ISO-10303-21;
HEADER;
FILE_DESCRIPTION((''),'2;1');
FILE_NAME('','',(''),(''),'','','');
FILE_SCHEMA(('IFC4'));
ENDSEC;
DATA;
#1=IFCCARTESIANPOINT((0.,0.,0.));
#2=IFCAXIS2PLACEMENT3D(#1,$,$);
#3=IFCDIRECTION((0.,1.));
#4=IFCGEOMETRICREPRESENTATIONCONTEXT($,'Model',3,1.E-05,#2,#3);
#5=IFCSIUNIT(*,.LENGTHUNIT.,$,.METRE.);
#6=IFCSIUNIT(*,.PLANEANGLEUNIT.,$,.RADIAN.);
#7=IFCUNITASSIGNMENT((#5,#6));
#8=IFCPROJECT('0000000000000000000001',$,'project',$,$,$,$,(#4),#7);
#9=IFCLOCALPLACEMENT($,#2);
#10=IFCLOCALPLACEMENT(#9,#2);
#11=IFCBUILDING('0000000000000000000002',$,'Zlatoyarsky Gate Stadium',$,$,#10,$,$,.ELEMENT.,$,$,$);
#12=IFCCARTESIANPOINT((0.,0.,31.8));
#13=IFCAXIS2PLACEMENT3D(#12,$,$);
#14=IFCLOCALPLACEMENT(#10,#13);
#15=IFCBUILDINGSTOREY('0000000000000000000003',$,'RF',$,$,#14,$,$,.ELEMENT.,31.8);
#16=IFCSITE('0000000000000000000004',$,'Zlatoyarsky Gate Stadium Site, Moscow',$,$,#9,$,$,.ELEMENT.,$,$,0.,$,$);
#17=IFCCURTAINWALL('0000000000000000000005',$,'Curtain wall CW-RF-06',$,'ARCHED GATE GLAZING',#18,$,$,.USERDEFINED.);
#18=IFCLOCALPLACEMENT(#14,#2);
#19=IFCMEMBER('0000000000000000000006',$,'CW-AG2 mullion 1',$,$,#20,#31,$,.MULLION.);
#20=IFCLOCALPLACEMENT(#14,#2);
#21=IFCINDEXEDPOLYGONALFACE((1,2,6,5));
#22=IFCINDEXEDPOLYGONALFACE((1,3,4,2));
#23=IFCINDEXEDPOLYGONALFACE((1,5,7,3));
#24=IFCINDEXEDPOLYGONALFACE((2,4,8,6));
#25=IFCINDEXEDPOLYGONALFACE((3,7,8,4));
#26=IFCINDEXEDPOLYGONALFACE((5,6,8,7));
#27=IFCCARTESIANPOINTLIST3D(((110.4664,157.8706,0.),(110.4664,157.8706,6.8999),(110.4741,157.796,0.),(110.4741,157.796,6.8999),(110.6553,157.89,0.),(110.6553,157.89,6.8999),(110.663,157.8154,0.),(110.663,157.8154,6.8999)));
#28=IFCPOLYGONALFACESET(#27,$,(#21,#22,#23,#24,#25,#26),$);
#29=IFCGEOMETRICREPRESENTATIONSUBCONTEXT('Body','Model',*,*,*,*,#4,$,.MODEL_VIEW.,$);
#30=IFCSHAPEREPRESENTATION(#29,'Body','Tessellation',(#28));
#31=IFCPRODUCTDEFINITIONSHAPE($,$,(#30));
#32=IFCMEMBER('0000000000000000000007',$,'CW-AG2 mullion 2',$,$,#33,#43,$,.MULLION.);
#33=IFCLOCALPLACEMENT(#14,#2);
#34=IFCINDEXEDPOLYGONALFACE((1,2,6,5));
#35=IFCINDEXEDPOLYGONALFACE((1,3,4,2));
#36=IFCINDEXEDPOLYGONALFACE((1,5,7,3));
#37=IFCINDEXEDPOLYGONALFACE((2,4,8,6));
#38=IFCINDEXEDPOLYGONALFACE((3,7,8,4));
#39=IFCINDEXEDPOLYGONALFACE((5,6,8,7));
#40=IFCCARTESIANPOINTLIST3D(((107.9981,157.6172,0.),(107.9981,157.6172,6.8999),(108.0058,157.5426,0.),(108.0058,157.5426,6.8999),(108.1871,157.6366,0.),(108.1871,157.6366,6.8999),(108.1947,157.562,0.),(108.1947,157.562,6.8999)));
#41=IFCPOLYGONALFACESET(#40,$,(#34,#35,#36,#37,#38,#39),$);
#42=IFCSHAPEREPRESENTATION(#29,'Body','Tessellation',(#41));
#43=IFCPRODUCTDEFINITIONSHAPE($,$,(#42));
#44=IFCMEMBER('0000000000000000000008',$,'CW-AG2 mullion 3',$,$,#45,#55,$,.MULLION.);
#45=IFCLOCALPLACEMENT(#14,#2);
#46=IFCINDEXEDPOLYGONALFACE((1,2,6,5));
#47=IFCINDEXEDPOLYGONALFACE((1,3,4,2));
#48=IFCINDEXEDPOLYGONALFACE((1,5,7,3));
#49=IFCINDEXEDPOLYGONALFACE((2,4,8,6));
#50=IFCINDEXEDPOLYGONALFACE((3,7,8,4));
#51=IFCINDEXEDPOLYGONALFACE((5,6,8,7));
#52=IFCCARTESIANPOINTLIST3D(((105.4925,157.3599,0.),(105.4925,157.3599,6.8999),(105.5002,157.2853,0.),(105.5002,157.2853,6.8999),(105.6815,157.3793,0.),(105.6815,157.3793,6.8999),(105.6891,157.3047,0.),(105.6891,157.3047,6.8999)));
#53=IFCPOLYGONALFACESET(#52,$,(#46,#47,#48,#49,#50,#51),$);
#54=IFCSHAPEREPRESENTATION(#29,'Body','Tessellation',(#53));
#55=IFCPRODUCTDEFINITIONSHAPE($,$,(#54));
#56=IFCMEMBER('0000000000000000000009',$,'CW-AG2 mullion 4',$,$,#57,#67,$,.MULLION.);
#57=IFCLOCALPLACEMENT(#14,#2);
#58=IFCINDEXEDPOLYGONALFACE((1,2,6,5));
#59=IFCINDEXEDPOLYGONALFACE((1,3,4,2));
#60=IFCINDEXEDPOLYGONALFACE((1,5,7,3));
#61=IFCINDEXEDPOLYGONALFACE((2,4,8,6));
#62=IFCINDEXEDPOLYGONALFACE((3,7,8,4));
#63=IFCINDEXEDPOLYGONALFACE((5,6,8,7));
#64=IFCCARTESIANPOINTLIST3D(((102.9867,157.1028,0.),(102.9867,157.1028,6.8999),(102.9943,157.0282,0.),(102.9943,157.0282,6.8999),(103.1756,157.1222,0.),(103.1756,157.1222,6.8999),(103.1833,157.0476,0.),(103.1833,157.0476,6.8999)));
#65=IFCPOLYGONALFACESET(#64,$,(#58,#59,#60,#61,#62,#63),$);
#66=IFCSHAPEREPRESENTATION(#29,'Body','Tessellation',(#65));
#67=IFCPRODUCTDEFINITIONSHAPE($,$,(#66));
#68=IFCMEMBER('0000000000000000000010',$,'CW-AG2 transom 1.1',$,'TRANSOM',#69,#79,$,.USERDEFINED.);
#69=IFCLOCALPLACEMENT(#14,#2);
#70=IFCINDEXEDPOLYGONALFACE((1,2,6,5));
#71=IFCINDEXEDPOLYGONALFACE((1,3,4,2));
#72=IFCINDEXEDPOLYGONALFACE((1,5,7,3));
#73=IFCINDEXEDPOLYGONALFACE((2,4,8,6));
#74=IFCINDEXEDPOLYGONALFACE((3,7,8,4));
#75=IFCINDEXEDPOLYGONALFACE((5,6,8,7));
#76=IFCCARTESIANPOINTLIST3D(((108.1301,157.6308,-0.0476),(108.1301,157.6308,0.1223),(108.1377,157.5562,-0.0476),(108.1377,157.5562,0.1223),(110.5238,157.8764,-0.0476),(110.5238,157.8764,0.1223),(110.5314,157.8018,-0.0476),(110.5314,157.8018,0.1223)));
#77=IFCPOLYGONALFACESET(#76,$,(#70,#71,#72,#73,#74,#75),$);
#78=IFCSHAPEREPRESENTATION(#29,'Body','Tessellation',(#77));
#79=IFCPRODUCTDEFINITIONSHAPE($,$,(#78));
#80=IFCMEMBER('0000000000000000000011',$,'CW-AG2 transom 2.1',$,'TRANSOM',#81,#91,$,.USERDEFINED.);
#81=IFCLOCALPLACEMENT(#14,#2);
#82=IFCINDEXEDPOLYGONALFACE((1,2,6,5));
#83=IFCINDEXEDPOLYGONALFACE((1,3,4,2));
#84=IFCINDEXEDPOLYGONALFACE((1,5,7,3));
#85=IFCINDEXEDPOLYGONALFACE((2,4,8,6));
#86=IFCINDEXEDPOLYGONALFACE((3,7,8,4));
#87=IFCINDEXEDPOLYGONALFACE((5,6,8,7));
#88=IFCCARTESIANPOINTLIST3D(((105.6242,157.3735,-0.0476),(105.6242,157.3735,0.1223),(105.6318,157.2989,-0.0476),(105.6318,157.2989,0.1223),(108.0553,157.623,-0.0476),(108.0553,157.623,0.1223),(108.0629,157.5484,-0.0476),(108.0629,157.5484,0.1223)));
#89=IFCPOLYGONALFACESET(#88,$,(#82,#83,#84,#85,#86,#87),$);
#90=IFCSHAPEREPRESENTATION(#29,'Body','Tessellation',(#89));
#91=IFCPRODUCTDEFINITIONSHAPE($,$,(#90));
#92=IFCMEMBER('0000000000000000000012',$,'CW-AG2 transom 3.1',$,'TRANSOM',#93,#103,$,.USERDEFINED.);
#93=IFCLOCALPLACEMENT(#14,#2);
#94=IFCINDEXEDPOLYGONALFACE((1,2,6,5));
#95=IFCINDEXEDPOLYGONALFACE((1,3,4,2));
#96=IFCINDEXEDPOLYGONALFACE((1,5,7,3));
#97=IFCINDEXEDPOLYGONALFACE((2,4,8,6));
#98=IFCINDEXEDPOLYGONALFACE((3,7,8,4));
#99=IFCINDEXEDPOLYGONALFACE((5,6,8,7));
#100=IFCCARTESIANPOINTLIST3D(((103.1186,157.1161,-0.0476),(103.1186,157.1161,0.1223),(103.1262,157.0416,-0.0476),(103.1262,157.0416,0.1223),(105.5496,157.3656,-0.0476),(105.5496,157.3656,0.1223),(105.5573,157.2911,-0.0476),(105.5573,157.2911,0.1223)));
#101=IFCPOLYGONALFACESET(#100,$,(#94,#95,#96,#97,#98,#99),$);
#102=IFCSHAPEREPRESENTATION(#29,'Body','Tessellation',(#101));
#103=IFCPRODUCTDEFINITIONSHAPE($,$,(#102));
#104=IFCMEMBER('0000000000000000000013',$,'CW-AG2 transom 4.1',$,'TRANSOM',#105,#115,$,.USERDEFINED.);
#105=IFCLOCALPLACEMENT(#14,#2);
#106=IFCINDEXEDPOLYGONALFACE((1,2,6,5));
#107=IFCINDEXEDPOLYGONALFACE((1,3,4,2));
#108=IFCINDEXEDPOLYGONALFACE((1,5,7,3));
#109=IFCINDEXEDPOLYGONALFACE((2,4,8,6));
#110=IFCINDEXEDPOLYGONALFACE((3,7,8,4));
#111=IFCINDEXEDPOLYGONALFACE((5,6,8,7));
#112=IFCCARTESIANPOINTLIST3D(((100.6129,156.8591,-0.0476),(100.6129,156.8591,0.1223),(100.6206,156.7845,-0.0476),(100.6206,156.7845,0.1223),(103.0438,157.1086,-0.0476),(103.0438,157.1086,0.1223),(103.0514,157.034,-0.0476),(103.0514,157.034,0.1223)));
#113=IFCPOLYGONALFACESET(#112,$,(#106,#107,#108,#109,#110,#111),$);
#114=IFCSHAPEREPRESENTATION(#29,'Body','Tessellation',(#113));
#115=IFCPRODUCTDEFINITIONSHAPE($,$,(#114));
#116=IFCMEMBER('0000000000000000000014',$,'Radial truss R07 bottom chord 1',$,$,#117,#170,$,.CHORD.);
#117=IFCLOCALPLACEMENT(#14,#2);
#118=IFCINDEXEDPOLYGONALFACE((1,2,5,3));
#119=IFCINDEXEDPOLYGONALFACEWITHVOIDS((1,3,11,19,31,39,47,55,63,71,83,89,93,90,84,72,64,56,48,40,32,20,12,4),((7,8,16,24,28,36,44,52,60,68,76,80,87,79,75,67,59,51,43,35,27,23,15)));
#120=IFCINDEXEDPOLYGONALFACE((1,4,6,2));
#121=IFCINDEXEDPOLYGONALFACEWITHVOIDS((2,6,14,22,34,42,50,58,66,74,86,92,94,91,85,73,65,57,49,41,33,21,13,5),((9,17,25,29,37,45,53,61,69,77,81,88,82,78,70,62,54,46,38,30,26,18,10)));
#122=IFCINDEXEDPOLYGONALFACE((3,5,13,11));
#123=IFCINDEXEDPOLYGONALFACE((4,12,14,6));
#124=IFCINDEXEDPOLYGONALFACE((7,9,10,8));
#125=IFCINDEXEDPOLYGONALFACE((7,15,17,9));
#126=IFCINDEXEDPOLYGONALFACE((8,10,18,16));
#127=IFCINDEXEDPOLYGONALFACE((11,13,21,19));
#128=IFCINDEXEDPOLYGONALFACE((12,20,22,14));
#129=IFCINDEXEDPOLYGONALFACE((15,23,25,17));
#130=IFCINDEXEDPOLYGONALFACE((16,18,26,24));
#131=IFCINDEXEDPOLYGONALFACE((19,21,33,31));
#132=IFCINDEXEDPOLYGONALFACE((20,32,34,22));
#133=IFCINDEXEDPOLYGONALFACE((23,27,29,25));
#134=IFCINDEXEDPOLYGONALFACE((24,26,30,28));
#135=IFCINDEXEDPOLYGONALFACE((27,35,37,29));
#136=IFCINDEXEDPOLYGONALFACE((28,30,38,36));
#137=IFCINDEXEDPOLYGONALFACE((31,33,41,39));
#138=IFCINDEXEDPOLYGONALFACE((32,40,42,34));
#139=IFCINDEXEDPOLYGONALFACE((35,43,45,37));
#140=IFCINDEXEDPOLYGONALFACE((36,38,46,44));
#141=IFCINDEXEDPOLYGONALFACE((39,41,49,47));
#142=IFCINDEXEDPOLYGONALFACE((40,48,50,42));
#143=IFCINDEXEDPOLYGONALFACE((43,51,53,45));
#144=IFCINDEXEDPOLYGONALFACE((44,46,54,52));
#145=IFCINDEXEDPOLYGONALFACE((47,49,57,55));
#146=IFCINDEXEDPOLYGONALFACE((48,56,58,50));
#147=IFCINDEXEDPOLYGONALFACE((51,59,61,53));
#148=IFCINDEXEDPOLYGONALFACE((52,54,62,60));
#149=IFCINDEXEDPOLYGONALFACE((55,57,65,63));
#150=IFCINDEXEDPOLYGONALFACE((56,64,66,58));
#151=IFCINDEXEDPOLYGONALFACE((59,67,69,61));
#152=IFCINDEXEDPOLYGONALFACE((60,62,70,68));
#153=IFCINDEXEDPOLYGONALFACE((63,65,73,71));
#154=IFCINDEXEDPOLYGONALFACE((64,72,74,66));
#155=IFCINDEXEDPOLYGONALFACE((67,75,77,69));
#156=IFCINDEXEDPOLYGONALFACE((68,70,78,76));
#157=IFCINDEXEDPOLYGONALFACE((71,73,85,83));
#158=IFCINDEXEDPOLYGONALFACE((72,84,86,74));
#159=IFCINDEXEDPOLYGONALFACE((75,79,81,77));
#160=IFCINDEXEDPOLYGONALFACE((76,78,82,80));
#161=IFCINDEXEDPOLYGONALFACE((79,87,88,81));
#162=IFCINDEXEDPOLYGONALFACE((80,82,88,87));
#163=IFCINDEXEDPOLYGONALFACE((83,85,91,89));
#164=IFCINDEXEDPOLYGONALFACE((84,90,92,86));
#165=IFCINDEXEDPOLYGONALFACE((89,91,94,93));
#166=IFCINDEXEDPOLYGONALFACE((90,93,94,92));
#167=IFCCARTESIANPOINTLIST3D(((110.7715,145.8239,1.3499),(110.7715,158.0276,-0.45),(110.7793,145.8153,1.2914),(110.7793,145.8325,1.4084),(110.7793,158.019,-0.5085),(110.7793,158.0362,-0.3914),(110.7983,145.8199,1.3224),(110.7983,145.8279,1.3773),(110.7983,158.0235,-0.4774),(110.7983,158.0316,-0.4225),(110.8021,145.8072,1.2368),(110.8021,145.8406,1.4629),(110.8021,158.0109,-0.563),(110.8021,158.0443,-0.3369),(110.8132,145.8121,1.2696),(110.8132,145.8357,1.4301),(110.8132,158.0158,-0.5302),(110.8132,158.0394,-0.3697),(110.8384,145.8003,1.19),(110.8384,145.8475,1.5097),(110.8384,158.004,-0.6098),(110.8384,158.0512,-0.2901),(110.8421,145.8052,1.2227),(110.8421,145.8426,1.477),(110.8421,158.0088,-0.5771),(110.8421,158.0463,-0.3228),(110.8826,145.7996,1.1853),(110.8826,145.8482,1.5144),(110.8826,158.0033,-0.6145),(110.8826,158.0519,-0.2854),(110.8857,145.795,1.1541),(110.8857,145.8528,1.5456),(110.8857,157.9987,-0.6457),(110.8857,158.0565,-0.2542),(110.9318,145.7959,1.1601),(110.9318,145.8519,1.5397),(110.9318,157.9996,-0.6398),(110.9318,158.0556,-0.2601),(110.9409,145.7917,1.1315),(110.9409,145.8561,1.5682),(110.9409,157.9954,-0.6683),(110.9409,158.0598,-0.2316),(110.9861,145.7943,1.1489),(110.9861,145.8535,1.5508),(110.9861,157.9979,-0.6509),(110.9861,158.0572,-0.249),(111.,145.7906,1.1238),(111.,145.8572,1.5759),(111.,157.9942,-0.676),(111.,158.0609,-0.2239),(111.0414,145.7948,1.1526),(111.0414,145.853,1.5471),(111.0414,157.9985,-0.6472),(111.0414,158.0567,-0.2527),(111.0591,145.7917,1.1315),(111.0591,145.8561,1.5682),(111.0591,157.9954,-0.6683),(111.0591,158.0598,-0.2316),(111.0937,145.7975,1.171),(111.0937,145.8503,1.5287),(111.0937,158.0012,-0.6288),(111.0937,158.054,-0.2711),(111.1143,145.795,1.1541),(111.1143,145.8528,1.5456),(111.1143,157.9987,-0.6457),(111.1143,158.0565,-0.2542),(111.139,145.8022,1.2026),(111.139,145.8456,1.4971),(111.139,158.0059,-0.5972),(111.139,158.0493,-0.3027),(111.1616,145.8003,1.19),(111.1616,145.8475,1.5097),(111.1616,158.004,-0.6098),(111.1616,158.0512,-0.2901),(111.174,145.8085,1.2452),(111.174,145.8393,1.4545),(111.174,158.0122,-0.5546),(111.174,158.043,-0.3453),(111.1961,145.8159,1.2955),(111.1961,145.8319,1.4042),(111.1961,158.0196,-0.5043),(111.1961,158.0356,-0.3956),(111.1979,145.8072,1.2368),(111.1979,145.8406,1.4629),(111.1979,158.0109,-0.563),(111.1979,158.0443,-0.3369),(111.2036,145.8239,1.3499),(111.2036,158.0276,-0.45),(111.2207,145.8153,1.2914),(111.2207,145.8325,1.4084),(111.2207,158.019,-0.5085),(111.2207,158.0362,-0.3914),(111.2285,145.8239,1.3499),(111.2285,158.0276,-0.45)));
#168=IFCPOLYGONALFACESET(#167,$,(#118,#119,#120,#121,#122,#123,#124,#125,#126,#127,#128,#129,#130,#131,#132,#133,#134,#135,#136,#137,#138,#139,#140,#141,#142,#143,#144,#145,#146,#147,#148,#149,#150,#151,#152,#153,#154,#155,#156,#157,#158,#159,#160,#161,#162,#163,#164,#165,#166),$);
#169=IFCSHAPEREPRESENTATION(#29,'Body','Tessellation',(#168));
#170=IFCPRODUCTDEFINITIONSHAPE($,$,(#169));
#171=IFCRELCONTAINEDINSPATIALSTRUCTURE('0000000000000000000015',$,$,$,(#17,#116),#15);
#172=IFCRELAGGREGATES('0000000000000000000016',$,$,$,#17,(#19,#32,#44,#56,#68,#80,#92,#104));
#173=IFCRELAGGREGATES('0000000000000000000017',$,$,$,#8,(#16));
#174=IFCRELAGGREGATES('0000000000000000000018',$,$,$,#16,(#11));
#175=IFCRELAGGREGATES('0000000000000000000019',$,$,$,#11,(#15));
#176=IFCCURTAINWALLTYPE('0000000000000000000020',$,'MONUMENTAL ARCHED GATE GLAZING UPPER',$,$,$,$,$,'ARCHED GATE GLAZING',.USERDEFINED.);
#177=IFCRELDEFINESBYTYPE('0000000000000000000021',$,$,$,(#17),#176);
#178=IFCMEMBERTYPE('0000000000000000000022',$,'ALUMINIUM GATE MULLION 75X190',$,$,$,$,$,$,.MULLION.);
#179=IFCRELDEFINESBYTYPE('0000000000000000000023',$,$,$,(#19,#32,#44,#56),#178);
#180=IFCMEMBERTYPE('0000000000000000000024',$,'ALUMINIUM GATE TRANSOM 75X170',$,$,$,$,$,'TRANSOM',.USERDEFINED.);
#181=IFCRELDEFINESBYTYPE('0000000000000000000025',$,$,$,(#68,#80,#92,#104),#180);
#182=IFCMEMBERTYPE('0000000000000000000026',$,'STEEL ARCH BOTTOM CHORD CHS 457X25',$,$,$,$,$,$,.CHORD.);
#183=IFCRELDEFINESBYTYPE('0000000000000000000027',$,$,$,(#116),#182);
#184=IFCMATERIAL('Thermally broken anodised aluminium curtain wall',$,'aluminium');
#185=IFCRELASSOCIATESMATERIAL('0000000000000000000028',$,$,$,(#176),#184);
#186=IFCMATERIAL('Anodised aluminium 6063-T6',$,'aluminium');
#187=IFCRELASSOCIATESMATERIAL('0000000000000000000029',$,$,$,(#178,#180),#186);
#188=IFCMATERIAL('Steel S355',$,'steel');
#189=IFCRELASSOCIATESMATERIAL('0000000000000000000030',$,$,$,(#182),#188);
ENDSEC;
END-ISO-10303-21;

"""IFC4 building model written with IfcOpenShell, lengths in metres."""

from ifc_helpers import new_model, si_unit, direction, frame, origin, origin_2d, place, context, subcontext, project, spatial, rectangle, hollow_circle, extrude, material, material_profile, profile_set, type_object, element, aggregate, save


model = new_model("IFC4")

# Units and contexts
model_context = context("Model", 3, precision=1e-05, world=origin(), true_north=direction((0.0, 1.0)))
body_context = subcontext(model_context, "Body", "Model", "MODEL_VIEW")
ifc_project = project(units=[si_unit("LENGTHUNIT", "METRE"), si_unit("PLANEANGLEUNIT", "RADIAN")], contexts=[model_context])

# Site, building, storey
site_placement = place(None, origin())
site = spatial("IfcSite", under=ifc_project, at=site_placement, Name="Zlatoyarsky Gate Stadium Site, Moscow", CompositionType="ELEMENT", RefElevation=0.0)
building_placement = place(site_placement, origin())
building = spatial("IfcBuilding", under=site, at=building_placement, Name="Zlatoyarsky Gate Stadium", CompositionType="ELEMENT")
storey_placement = place(building_placement, frame((0.0, 0.0, 31.8)))
storey = spatial("IfcBuildingStorey", under=building, at=storey_placement, Name="RF", CompositionType="ELEMENT", Elevation=31.8)

# Curtain wall, members
ifc_material_1 = material(Name="Thermally broken anodised aluminium curtain wall", Category="aluminium")
curtain_wall_type = type_object("IfcCurtainWallType", Name="MONUMENTAL ARCHED GATE GLAZING UPPER", ElementType="ARCHED GATE GLAZING", PredefinedType="USERDEFINED", material=ifc_material_1)
curtain_wall_placement = place(storey_placement, origin())
curtain_wall = element("IfcCurtainWall", 1, at=curtain_wall_placement, inside=storey, type_object=curtain_wall_type, Name="Curtain wall CW-RF-06", ObjectType="ARCHED GATE GLAZING", PredefinedType="USERDEFINED")
ifc_material_2 = material(Name="Anodised aluminium 6063-T6", Category="aluminium")
ifc_material_profile_1 = material_profile(ifc_material_2, rectangle(XDim=0.075, YDim=0.1899, at=origin_2d()), Name="ALU 75X190")
ifc_profile_set_1 = profile_set([ifc_material_profile_1], Name="Anodised aluminium 6063-T6")
member_type_1 = type_object("IfcMemberType", Name="ALUMINIUM GATE MULLION 75X190", PredefinedType="MULLION", material=ifc_profile_set_1)
member_1_placement = place(storey_placement, frame((110.5647, 157.843, 0.0), z_axis=(0.0, 0.0, 1.0), x_axis=(0.102125, -0.994772, 0.0)))
member_1 = element("IfcMember", 2, at=member_1_placement, type_object=member_type_1, Name="CW-AG2 mullion 1", PredefinedType="MULLION", context=body_context, shape_type="SweptSolid", body=[
    extrude(rectangle(XDim=0.075, YDim=0.1899, at=origin_2d()), origin(), (0.0, 0.0, 1.0), 6.8999),
])
member_2_placement = place(storey_placement, frame((108.0964, 157.5896, 0.0), z_axis=(0.0, 0.0, 1.0), x_axis=(0.102125, -0.994772, 0.0)))
member_2 = element("IfcMember", 3, at=member_2_placement, type_object=member_type_1, Name="CW-AG2 mullion 2", PredefinedType="MULLION", context=body_context, shape_type="SweptSolid", body=[
    extrude(rectangle(XDim=0.075, YDim=0.1899, at=origin_2d()), origin(), (0.0, 0.0, 1.0), 6.8999),
])
member_3_placement = place(storey_placement, frame((105.5908, 157.3323, 0.0), z_axis=(0.0, 0.0, 1.0), x_axis=(0.102125, -0.994772, 0.0)))
member_3 = element("IfcMember", 4, at=member_3_placement, type_object=member_type_1, Name="CW-AG2 mullion 3", PredefinedType="MULLION", context=body_context, shape_type="SweptSolid", body=[
    extrude(rectangle(XDim=0.075, YDim=0.1899, at=origin_2d()), origin(), (0.0, 0.0, 1.0), 6.8999),
])
member_4_placement = place(storey_placement, frame((103.085, 157.0752, 0.0), z_axis=(0.0, 0.0, 1.0), x_axis=(0.102125, -0.994772, 0.0)))
member_4 = element("IfcMember", 5, at=member_4_placement, type_object=member_type_1, Name="CW-AG2 mullion 4", PredefinedType="MULLION", context=body_context, shape_type="SweptSolid", body=[
    extrude(rectangle(XDim=0.075, YDim=0.1899, at=origin_2d()), origin(), (0.0, 0.0, 1.0), 6.8999),
])
ifc_material_profile_2 = material_profile(ifc_material_2, rectangle(XDim=0.075, YDim=0.1699, at=origin_2d()), Name="ALU 75X170")
ifc_profile_set_2 = profile_set([ifc_material_profile_2], Name="Anodised aluminium 6063-T6")
member_type_2 = type_object("IfcMemberType", Name="ALUMINIUM GATE TRANSOM 75X170", ElementType="TRANSOM", PredefinedType="USERDEFINED", material=ifc_profile_set_2)
member_5_placement = place(storey_placement, frame((110.5276, 157.8391, 0.0374), z_axis=(-0.994778, -0.102065, 0.0), x_axis=(0.102065, -0.994778, 0.0)))
member_5 = element("IfcMember", 6, at=member_5_placement, type_object=member_type_2, Name="CW-AG2 transom 1.1", ObjectType="TRANSOM", PredefinedType="USERDEFINED", context=body_context, shape_type="SweptSolid", body=[
    extrude(rectangle(XDim=0.075, YDim=0.1699, at=origin_2d()), origin(), (0.0, 0.0, 1.0), 2.4062),
])
member_6_placement = place(storey_placement, frame((108.0591, 157.5857, 0.0374), z_axis=(-0.994775, -0.102095, 0.0), x_axis=(0.102095, -0.994775, 0.0)))
member_6 = element("IfcMember", 7, at=member_6_placement, type_object=member_type_2, Name="CW-AG2 transom 2.1", ObjectType="TRANSOM", PredefinedType="USERDEFINED", context=body_context, shape_type="SweptSolid", body=[
    extrude(rectangle(XDim=0.075, YDim=0.1699, at=origin_2d()), origin(), (0.0, 0.0, 1.0), 2.4438),
])
member_7_placement = place(storey_placement, frame((105.5535, 157.3284, 0.0374), z_axis=(-0.994775, -0.102095, 0.0), x_axis=(0.102095, -0.994775, 0.0)))
member_7 = element("IfcMember", 8, at=member_7_placement, type_object=member_type_2, Name="CW-AG2 transom 3.1", ObjectType="TRANSOM", PredefinedType="USERDEFINED", context=body_context, shape_type="SweptSolid", body=[
    extrude(rectangle(XDim=0.075, YDim=0.1699, at=origin_2d()), origin(), (0.0, 0.0, 1.0), 2.4438),
])
member_8_placement = place(storey_placement, frame((103.0476, 157.0713, 0.0374), z_axis=(-0.994774, -0.102105, 0.0), x_axis=(0.102105, -0.994774, 0.0)))
member_8 = element("IfcMember", 9, at=member_8_placement, type_object=member_type_2, Name="CW-AG2 transom 4.1", ObjectType="TRANSOM", PredefinedType="USERDEFINED", context=body_context, shape_type="SweptSolid", body=[
    extrude(rectangle(XDim=0.075, YDim=0.1699, at=origin_2d()), origin(), (0.0, 0.0, 1.0), 2.4436),
])

# Member
ifc_material_3 = material(Name="Steel S355", Category="steel")
ifc_material_profile_3 = material_profile(ifc_material_3, hollow_circle(Radius=0.2285, WallThickness=0.0249, at=origin_2d()), Name="CHS 457X25")
ifc_profile_set_3 = profile_set([ifc_material_profile_3], Name="Steel S355")
member_type_3 = type_object("IfcMemberType", Name="STEEL ARCH BOTTOM CHORD CHS 457X25", PredefinedType="CHORD", material=ifc_profile_set_3)
member_9_placement = place(storey_placement, frame((111.0, 158.0276, -0.45), z_axis=(0.0, -0.989299, 0.145903), x_axis=(1.0, 0.0, 0.0)))
element("IfcMember", 10, at=member_9_placement, inside=storey, type_object=member_type_3, Name="Radial truss R07 bottom chord 1", PredefinedType="CHORD", context=body_context, shape_type="SweptSolid", body=[
    extrude(hollow_circle(Radius=0.2285, WallThickness=0.0249, at=origin_2d()), origin(), (0.0, 0.0, 1.0), 12.3357),
])

aggregate(curtain_wall, [member_1, member_2, member_3, member_4, member_5, member_6, member_7, member_8])

save(model, "model.ifc")
